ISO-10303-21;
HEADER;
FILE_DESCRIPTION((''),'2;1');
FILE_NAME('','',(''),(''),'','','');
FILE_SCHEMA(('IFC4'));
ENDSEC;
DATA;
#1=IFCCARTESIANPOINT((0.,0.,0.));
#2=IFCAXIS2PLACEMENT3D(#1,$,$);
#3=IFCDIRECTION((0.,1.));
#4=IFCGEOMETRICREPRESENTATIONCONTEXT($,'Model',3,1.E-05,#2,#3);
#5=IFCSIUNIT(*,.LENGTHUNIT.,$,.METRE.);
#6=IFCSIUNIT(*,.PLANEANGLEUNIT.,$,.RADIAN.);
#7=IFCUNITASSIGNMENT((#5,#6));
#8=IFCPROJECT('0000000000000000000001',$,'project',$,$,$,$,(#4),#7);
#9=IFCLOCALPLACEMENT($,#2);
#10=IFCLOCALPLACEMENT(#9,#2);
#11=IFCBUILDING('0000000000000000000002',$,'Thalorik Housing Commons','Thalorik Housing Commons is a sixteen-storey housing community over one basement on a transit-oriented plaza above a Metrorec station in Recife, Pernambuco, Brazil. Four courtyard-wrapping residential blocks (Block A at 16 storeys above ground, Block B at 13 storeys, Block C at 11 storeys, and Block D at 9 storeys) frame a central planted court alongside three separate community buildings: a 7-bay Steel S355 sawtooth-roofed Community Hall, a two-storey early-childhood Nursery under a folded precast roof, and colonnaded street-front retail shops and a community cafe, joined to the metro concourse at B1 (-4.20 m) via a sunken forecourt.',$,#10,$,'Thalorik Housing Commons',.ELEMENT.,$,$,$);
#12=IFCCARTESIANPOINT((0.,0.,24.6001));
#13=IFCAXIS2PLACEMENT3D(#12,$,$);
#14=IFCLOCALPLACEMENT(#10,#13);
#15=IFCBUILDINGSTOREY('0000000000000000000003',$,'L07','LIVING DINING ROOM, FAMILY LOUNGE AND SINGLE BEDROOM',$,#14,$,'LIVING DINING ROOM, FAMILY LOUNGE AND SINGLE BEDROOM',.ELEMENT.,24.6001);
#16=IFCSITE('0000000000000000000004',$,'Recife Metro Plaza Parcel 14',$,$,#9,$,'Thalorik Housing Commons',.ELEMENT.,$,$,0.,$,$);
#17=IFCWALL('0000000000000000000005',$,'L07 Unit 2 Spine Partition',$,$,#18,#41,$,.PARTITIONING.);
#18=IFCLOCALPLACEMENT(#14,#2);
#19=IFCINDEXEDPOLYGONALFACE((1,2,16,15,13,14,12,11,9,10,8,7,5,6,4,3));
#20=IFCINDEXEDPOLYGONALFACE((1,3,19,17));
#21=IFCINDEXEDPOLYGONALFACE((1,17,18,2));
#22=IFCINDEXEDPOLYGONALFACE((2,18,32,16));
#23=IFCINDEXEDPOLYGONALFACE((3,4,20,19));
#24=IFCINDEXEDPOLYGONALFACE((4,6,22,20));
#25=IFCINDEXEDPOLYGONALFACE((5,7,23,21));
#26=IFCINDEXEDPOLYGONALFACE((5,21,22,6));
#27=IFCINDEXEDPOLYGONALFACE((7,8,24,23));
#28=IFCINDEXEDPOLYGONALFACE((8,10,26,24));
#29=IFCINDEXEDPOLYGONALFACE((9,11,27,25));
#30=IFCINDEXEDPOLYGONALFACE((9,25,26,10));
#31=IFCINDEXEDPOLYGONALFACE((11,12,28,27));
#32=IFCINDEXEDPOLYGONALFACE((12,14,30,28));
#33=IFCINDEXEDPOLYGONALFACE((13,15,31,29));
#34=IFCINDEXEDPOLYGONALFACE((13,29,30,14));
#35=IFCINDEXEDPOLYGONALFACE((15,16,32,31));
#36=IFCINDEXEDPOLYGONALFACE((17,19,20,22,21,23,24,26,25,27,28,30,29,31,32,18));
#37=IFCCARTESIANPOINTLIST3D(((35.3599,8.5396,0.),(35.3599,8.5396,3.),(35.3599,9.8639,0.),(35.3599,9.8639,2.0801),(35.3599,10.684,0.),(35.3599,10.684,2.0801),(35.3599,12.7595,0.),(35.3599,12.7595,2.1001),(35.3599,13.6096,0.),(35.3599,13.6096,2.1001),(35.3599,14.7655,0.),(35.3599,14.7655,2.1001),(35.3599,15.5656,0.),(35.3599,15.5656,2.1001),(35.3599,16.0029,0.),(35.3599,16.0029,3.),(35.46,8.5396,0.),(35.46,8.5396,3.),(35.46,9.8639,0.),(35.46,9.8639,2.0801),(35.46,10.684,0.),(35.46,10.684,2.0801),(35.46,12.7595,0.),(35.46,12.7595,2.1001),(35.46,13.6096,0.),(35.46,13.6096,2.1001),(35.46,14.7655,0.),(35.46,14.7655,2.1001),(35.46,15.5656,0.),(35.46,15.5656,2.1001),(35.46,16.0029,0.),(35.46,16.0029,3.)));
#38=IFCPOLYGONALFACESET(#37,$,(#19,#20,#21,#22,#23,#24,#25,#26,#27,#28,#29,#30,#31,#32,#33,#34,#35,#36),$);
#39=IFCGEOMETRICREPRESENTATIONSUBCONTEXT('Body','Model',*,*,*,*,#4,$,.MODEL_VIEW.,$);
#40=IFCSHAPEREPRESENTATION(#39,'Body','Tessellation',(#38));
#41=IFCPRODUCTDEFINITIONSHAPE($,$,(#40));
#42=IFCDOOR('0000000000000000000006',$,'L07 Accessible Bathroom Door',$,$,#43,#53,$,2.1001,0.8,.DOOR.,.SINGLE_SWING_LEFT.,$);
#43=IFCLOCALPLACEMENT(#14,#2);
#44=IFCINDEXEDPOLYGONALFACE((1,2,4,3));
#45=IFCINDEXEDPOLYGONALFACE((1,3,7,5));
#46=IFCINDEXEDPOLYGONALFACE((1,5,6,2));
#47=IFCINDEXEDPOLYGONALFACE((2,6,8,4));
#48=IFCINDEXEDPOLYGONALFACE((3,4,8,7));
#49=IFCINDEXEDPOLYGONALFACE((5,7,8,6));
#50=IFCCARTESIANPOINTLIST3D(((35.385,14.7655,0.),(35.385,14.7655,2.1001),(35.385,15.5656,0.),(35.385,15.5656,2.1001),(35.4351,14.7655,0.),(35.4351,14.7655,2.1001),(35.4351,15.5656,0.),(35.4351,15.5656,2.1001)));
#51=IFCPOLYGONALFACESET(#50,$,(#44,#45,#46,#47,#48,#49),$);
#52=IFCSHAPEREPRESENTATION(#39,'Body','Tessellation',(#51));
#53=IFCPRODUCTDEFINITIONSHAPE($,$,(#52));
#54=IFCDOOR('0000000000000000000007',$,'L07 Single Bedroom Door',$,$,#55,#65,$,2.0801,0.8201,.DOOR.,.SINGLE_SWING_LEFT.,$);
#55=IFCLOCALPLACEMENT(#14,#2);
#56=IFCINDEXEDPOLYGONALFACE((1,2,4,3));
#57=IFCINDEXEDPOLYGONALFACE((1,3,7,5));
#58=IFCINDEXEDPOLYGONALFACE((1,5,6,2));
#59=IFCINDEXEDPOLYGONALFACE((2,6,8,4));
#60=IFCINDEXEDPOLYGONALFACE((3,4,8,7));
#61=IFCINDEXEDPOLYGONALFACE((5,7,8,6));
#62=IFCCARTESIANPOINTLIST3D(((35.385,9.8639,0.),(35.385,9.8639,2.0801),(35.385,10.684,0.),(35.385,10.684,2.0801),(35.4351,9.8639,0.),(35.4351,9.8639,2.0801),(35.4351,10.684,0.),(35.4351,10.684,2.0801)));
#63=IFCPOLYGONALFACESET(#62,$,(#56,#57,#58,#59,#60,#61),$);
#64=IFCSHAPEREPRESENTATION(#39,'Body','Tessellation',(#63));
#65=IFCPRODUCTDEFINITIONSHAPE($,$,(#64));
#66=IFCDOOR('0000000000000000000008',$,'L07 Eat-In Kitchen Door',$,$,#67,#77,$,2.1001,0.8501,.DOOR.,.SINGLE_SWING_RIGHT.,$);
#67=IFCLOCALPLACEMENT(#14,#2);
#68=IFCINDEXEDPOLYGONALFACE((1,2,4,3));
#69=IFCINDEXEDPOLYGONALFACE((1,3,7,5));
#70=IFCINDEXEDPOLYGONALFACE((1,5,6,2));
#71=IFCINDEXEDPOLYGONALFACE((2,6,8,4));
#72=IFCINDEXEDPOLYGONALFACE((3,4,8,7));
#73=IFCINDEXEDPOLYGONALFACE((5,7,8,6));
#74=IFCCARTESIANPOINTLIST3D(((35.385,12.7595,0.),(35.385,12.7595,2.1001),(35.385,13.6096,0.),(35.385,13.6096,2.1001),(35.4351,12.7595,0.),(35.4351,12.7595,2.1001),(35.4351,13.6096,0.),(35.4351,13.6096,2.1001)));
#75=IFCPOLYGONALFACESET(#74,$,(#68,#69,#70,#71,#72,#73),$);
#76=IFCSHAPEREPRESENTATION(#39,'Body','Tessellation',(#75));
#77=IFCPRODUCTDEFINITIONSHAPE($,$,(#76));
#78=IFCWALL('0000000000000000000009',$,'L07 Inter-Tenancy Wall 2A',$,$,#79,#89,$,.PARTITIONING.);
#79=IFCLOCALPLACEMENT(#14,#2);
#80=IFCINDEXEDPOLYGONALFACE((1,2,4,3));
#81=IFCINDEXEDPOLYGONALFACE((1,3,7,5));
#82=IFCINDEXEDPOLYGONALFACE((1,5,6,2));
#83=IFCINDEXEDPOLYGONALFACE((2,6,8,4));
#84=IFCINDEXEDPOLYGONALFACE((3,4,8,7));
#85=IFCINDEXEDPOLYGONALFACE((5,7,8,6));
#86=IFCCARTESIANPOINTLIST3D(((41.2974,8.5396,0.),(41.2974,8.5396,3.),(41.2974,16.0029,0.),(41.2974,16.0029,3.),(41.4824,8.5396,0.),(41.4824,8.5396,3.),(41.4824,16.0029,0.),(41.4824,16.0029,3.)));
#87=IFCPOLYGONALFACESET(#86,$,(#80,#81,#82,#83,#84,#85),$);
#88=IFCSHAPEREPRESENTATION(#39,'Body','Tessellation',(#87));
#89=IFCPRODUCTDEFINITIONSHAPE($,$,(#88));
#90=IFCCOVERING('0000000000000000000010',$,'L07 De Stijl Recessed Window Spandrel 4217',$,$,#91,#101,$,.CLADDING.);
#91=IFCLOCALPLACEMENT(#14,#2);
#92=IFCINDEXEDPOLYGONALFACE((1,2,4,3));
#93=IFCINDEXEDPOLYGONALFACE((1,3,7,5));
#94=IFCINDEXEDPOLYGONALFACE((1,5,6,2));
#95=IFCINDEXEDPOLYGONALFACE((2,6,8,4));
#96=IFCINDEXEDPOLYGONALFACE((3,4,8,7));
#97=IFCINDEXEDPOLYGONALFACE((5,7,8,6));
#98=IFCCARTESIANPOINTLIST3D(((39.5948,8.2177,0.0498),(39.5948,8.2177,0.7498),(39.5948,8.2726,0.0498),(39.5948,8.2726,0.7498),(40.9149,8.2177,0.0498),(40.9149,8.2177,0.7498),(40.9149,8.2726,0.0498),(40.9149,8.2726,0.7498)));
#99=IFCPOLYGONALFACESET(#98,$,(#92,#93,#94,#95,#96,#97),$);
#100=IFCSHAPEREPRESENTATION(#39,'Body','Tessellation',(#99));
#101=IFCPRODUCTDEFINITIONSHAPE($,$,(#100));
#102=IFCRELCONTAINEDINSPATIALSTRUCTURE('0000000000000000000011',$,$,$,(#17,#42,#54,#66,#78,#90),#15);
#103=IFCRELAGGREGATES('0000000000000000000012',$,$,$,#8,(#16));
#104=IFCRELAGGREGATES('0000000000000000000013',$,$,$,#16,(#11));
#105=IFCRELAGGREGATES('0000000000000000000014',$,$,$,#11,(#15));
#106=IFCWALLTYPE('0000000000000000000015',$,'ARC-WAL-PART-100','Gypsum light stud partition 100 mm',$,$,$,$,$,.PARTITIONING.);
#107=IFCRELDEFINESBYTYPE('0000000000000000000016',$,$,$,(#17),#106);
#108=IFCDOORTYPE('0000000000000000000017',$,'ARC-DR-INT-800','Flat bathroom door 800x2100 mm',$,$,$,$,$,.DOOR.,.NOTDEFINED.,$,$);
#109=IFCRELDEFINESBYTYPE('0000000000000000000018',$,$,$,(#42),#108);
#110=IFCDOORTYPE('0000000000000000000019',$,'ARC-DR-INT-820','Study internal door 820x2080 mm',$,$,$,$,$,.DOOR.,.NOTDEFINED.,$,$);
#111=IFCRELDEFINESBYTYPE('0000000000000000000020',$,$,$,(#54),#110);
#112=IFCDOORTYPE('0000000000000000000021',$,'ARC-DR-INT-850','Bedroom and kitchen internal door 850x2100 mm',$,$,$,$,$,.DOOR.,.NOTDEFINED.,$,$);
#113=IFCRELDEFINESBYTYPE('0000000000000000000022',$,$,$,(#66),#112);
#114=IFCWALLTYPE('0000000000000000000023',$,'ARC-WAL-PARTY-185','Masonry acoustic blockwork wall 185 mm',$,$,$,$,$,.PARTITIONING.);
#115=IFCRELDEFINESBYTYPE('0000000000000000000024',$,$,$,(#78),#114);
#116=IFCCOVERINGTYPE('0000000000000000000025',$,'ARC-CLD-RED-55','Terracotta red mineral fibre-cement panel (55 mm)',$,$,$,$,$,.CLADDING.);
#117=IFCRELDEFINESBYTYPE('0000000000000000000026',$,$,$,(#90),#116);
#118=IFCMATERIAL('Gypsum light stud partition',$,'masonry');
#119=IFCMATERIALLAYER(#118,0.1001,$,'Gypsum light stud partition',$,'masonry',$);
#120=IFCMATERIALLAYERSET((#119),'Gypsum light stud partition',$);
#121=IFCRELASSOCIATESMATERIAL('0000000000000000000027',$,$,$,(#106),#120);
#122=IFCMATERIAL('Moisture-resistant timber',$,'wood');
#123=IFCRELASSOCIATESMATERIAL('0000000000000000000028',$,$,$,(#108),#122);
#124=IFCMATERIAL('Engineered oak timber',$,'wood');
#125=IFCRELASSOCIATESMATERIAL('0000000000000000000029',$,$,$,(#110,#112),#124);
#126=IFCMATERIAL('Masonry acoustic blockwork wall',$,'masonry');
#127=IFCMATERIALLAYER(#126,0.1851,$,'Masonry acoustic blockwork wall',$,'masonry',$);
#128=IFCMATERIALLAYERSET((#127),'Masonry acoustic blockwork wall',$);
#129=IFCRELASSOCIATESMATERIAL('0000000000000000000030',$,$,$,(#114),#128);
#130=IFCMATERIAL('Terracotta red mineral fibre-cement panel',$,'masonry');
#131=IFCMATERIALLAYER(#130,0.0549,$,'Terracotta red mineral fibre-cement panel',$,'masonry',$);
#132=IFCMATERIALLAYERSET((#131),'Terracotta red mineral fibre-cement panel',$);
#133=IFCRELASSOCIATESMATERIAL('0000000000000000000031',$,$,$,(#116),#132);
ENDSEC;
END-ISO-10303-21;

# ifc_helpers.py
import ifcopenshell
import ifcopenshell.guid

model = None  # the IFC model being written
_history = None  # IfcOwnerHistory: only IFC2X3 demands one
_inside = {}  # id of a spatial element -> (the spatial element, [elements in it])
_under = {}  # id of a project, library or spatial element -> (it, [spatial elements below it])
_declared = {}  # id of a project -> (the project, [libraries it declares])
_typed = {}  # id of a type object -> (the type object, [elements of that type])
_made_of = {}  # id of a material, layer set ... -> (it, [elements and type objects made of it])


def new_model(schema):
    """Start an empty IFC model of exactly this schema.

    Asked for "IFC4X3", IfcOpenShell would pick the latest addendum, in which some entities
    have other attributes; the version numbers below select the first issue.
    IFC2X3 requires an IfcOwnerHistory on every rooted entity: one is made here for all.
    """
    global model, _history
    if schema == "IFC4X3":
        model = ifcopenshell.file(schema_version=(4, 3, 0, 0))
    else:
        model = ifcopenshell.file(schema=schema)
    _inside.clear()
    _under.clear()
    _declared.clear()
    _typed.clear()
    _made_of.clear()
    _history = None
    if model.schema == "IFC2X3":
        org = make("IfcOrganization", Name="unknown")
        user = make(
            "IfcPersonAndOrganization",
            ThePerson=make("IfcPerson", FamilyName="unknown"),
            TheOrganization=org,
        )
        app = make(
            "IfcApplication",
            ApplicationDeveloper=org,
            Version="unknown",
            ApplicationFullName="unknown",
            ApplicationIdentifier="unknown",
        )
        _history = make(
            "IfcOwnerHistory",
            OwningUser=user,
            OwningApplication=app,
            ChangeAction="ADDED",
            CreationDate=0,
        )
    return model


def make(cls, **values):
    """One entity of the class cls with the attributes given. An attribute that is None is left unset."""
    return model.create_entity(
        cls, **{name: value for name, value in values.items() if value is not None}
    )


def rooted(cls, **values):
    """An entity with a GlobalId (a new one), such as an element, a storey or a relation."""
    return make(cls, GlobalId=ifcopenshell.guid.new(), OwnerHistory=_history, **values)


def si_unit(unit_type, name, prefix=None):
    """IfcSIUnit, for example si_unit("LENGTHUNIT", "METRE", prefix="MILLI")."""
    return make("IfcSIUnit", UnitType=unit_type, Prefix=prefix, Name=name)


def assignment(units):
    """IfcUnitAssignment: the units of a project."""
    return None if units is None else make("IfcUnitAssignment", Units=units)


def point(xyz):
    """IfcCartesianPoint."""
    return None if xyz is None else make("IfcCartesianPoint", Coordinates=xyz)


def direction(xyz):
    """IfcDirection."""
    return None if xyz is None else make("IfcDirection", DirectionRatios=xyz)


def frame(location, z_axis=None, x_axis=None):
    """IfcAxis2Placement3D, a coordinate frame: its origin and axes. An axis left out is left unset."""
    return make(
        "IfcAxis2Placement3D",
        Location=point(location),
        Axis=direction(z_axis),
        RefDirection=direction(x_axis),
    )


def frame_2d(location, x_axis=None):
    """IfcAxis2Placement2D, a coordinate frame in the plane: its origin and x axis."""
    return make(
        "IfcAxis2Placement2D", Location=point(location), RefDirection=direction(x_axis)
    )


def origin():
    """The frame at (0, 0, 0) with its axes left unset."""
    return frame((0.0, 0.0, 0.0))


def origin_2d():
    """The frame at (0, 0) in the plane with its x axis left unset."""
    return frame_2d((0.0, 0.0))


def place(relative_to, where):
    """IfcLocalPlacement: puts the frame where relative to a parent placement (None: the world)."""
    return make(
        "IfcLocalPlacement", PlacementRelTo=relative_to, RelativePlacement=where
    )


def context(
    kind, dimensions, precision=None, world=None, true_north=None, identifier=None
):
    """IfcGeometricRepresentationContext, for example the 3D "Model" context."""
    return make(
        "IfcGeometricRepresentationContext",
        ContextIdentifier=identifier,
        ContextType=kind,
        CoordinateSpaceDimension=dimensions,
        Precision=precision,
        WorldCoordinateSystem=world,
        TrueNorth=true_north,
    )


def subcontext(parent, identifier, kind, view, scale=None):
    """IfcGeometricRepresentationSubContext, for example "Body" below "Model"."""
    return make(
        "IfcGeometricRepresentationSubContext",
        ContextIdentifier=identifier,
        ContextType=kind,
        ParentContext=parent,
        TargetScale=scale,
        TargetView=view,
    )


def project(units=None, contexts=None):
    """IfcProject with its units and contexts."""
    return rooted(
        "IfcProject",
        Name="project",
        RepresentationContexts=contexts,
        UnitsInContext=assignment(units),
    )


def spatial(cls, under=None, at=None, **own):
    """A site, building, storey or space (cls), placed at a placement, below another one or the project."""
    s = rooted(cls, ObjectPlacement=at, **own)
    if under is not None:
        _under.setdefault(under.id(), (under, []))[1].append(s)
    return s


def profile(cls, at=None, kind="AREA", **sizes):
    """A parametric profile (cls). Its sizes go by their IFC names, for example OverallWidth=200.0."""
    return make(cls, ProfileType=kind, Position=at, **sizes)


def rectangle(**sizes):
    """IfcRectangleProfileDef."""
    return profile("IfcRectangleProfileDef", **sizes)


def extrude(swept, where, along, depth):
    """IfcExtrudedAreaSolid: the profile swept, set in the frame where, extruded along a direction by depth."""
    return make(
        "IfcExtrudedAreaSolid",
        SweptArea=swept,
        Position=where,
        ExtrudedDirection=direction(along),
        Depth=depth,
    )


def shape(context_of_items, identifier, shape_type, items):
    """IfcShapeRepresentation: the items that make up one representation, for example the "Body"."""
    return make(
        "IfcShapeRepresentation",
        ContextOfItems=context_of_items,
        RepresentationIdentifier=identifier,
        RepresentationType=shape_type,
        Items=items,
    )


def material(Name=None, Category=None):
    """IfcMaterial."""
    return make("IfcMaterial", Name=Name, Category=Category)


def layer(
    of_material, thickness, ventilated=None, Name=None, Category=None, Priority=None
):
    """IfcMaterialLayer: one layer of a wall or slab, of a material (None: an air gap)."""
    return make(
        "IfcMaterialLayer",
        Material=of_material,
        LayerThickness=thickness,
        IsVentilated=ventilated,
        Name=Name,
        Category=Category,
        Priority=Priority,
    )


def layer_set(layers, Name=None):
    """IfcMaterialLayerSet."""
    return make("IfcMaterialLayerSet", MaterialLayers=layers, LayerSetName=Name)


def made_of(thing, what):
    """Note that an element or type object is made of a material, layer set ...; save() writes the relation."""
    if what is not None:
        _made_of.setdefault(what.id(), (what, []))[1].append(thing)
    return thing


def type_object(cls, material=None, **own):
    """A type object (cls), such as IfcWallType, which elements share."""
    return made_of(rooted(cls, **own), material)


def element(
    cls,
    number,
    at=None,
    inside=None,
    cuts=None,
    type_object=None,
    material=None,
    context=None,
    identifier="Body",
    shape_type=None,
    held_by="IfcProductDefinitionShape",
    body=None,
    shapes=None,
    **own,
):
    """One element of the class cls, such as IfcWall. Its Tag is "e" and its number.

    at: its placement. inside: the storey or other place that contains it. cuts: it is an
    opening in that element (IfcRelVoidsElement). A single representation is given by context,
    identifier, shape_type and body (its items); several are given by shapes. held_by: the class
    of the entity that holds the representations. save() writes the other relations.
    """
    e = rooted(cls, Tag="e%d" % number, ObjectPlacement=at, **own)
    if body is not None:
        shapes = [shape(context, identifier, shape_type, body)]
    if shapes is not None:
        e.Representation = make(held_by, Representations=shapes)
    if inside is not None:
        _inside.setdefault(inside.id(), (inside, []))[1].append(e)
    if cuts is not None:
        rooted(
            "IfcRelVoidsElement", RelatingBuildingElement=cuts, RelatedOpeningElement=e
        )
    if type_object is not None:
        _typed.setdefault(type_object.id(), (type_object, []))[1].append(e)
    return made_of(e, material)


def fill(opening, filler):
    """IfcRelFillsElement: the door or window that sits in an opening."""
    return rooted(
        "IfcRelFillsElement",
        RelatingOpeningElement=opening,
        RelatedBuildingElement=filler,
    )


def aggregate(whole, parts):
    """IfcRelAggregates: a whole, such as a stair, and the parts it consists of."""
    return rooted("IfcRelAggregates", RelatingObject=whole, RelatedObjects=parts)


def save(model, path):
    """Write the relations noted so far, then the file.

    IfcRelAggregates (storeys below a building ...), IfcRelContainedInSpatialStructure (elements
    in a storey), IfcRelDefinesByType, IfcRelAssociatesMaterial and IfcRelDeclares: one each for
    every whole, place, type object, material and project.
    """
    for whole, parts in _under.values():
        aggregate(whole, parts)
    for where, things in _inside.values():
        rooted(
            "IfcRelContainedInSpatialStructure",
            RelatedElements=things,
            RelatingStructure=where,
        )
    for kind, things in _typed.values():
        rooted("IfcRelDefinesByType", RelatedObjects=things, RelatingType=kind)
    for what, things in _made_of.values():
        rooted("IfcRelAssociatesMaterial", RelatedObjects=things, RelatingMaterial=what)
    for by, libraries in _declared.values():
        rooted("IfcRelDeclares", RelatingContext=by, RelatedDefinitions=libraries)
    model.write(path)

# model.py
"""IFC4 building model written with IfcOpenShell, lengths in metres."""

from ifc_helpers import new_model, si_unit, direction, frame, frame_2d, origin, origin_2d, place, context, subcontext, project, spatial, rectangle, extrude, material, layer, layer_set, type_object, element, fill, save


model = new_model("IFC4")

# Units and contexts
model_context = context("Model", 3, precision=1e-05, world=origin(), true_north=direction((0.0, 1.0)))
body_context = subcontext(model_context, "Body", "Model", "MODEL_VIEW")
ifc_project = project(units=[si_unit("LENGTHUNIT", "METRE"), si_unit("PLANEANGLEUNIT", "RADIAN")], contexts=[model_context])

# Site, building, storey
site_placement = place(None, origin())
site = spatial("IfcSite", under=ifc_project, at=site_placement, Name="Recife Metro Plaza Parcel 14", LongName="Thalorik Housing Commons", CompositionType="ELEMENT", RefElevation=0.0)
building_placement = place(site_placement, origin())
building = spatial("IfcBuilding", under=site, at=building_placement, Name="Thalorik Housing Commons", Description="Thalorik Housing Commons is a sixteen-storey housing community over one basement on a transit-oriented plaza above a Metrorec station in Recife, Pernambuco, Brazil. Four courtyard-wrapping residential blocks (Block A at 16 storeys above ground, Block B at 13 storeys, Block C at 11 storeys, and Block D at 9 storeys) frame a central planted court alongside three separate community buildings: a 7-bay Steel S355 sawtooth-roofed Community Hall, a two-storey early-childhood Nursery under a folded precast roof, and colonnaded street-front retail shops and a community cafe, joined to the metro concourse at B1 (-4.20 m) via a sunken forecourt.", LongName="Thalorik Housing Commons", CompositionType="ELEMENT")
storey_placement = place(building_placement, frame((0.0, 0.0, 24.6001)))
storey = spatial("IfcBuildingStorey", under=building, at=storey_placement, Name="L07", Description="LIVING DINING ROOM, FAMILY LOUNGE AND SINGLE BEDROOM", LongName="LIVING DINING ROOM, FAMILY LOUNGE AND SINGLE BEDROOM", CompositionType="ELEMENT", Elevation=24.6001)

# Wall, openings, doors
ifc_material_1 = material(Name="Gypsum light stud partition", Category="masonry")
ifc_layer_1 = layer(ifc_material_1, 0.1001, Name="Gypsum light stud partition", Category="masonry")
ifc_layer_set_1 = layer_set([ifc_layer_1], Name="Gypsum light stud partition")
wall_type_1 = type_object("IfcWallType", Name="ARC-WAL-PART-100", Description="Gypsum light stud partition 100 mm", PredefinedType="PARTITIONING", material=ifc_layer_set_1)
wall_1_placement = place(storey_placement, frame((35.4099, 8.5396, 0.0), z_axis=(0.0, 0.0, 1.0), x_axis=(0.0, 1.0, 0.0)))
wall_1 = element("IfcWall", 1, at=wall_1_placement, inside=storey, type_object=wall_type_1, Name="L07 Unit 2 Spine Partition", PredefinedType="PARTITIONING", context=body_context, shape_type="SweptSolid", body=[
    extrude(rectangle(XDim=7.4634, YDim=0.1001, at=frame_2d((3.7317, 0.0))), origin(), (0.0, 0.0, 1.0), 3.0),
])
opening_1_placement = place(wall_1_placement, frame((1.3242, 0.0, 0.0)))
opening_1 = element("IfcOpeningElement", 2, at=opening_1_placement, cuts=wall_1, PredefinedType="OPENING", context=body_context, shape_type="SweptSolid", body=[
    extrude(rectangle(XDim=0.8201, YDim=2.0801, at=frame_2d((0.4102, 1.04))), frame((0.0, 0.0601, 0.0), z_axis=(0.0, -1.0, 0.0), x_axis=(1.0, 0.0, 0.0)), (0.0, 0.0, 1.0), 0.1201),
])
opening_2_placement = place(wall_1_placement, frame((4.22, 0.0, 0.0)))
opening_2 = element("IfcOpeningElement", 3, at=opening_2_placement, cuts=wall_1, PredefinedType="OPENING", context=body_context, shape_type="SweptSolid", body=[
    extrude(rectangle(XDim=0.8501, YDim=2.1001, at=frame_2d((0.425, 1.05))), frame((0.0, 0.0601, 0.0), z_axis=(0.0, -1.0, 0.0), x_axis=(1.0, 0.0, 0.0)), (0.0, 0.0, 1.0), 0.1201),
])
opening_3_placement = place(wall_1_placement, frame((6.2261, 0.0, 0.0)))
opening_3 = element("IfcOpeningElement", 4, at=opening_3_placement, cuts=wall_1, PredefinedType="OPENING", context=body_context, shape_type="SweptSolid", body=[
    extrude(rectangle(XDim=0.8, YDim=2.1001, at=frame_2d((0.3999, 1.05))), frame((0.0, 0.0601, 0.0), z_axis=(0.0, -1.0, 0.0), x_axis=(1.0, 0.0, 0.0)), (0.0, 0.0, 1.0), 0.1201),
])
ifc_material_2 = material(Name="Moisture-resistant timber", Category="wood")
door_type_1 = type_object("IfcDoorType", Name="ARC-DR-INT-800", Description="Flat bathroom door 800x2100 mm", OperationType="NOTDEFINED", PredefinedType="DOOR", material=ifc_material_2)
door_1_placement = place(opening_3_placement, origin())
door_1 = element("IfcDoor", 5, at=door_1_placement, inside=storey, type_object=door_type_1, Name="L07 Accessible Bathroom Door", OperationType="SINGLE_SWING_LEFT", OverallHeight=2.1001, OverallWidth=0.8, PredefinedType="DOOR", context=body_context, shape_type="SweptSolid", body=[
    extrude(rectangle(XDim=0.8, YDim=2.1001, at=frame_2d((0.3999, 1.05))), frame((0.0, 0.0249, 0.0), z_axis=(0.0, -1.0, 0.0), x_axis=(1.0, 0.0, 0.0)), (0.0, 0.0, 1.0), 0.05),
])
fill(opening_3, door_1)
ifc_material_3 = material(Name="Engineered oak timber", Category="wood")
door_type_2 = type_object("IfcDoorType", Name="ARC-DR-INT-820", Description="Study internal door 820x2080 mm", OperationType="NOTDEFINED", PredefinedType="DOOR", material=ifc_material_3)
door_2_placement = place(opening_1_placement, origin())
door_2 = element("IfcDoor", 6, at=door_2_placement, inside=storey, type_object=door_type_2, Name="L07 Single Bedroom Door", OperationType="SINGLE_SWING_LEFT", OverallHeight=2.0801, OverallWidth=0.8201, PredefinedType="DOOR", context=body_context, shape_type="SweptSolid", body=[
    extrude(rectangle(XDim=0.8201, YDim=2.0801, at=frame_2d((0.4102, 1.04))), frame((0.0, 0.0249, 0.0), z_axis=(0.0, -1.0, 0.0), x_axis=(1.0, 0.0, 0.0)), (0.0, 0.0, 1.0), 0.05),
])
fill(opening_1, door_2)
door_type_3 = type_object("IfcDoorType", Name="ARC-DR-INT-850", Description="Bedroom and kitchen internal door 850x2100 mm", OperationType="NOTDEFINED", PredefinedType="DOOR", material=ifc_material_3)
door_3_placement = place(opening_2_placement, origin())
door_3 = element("IfcDoor", 7, at=door_3_placement, inside=storey, type_object=door_type_3, Name="L07 Eat-In Kitchen Door", OperationType="SINGLE_SWING_RIGHT", OverallHeight=2.1001, OverallWidth=0.8501, PredefinedType="DOOR", context=body_context, shape_type="SweptSolid", body=[
    extrude(rectangle(XDim=0.8501, YDim=2.1001, at=frame_2d((0.425, 1.05))), frame((0.0, 0.0249, 0.0), z_axis=(0.0, -1.0, 0.0), x_axis=(1.0, 0.0, 0.0)), (0.0, 0.0, 1.0), 0.05),
])
fill(opening_2, door_3)

# Wall
ifc_material_4 = material(Name="Masonry acoustic blockwork wall", Category="masonry")
ifc_layer_2 = layer(ifc_material_4, 0.1851, Name="Masonry acoustic blockwork wall", Category="masonry")
ifc_layer_set_2 = layer_set([ifc_layer_2], Name="Masonry acoustic blockwork wall")
wall_type_2 = type_object("IfcWallType", Name="ARC-WAL-PARTY-185", Description="Masonry acoustic blockwork wall 185 mm", PredefinedType="PARTITIONING", material=ifc_layer_set_2)
wall_2_placement = place(storey_placement, frame((41.3899, 8.5396, 0.0), z_axis=(0.0, 0.0, 1.0), x_axis=(0.0, 1.0, 0.0)))
element("IfcWall", 8, at=wall_2_placement, inside=storey, type_object=wall_type_2, Name="L07 Inter-Tenancy Wall 2A", PredefinedType="PARTITIONING", context=body_context, shape_type="SweptSolid", body=[
    extrude(rectangle(XDim=7.4634, YDim=0.1851, at=frame_2d((3.7317, 0.0))), origin(), (0.0, 0.0, 1.0), 3.0),
])

# Covering
ifc_material_5 = material(Name="Terracotta red mineral fibre-cement panel", Category="masonry")
ifc_layer_3 = layer(ifc_material_5, 0.0549, Name="Terracotta red mineral fibre-cement panel", Category="masonry")
ifc_layer_set_3 = layer_set([ifc_layer_3], Name="Terracotta red mineral fibre-cement panel")
covering_type_1 = type_object("IfcCoveringType", Name="ARC-CLD-RED-55", Description="Terracotta red mineral fibre-cement panel (55 mm)", PredefinedType="CLADDING", material=ifc_layer_set_3)
covering_1_placement = place(storey_placement, frame((40.2549, 8.2451, 0.0498), z_axis=(0.0, 0.0, 1.0), x_axis=(1.0, 0.0, 0.0)))
element("IfcCovering", 9, at=covering_1_placement, inside=storey, type_object=covering_type_1, Name="L07 De Stijl Recessed Window Spandrel 4217", PredefinedType="CLADDING", context=body_context, shape_type="SweptSolid", body=[
    extrude(rectangle(XDim=1.3201, YDim=0.0549, at=origin_2d()), origin(), (0.0, 0.0, 1.0), 0.7),
])

save(model, "model.ifc")
